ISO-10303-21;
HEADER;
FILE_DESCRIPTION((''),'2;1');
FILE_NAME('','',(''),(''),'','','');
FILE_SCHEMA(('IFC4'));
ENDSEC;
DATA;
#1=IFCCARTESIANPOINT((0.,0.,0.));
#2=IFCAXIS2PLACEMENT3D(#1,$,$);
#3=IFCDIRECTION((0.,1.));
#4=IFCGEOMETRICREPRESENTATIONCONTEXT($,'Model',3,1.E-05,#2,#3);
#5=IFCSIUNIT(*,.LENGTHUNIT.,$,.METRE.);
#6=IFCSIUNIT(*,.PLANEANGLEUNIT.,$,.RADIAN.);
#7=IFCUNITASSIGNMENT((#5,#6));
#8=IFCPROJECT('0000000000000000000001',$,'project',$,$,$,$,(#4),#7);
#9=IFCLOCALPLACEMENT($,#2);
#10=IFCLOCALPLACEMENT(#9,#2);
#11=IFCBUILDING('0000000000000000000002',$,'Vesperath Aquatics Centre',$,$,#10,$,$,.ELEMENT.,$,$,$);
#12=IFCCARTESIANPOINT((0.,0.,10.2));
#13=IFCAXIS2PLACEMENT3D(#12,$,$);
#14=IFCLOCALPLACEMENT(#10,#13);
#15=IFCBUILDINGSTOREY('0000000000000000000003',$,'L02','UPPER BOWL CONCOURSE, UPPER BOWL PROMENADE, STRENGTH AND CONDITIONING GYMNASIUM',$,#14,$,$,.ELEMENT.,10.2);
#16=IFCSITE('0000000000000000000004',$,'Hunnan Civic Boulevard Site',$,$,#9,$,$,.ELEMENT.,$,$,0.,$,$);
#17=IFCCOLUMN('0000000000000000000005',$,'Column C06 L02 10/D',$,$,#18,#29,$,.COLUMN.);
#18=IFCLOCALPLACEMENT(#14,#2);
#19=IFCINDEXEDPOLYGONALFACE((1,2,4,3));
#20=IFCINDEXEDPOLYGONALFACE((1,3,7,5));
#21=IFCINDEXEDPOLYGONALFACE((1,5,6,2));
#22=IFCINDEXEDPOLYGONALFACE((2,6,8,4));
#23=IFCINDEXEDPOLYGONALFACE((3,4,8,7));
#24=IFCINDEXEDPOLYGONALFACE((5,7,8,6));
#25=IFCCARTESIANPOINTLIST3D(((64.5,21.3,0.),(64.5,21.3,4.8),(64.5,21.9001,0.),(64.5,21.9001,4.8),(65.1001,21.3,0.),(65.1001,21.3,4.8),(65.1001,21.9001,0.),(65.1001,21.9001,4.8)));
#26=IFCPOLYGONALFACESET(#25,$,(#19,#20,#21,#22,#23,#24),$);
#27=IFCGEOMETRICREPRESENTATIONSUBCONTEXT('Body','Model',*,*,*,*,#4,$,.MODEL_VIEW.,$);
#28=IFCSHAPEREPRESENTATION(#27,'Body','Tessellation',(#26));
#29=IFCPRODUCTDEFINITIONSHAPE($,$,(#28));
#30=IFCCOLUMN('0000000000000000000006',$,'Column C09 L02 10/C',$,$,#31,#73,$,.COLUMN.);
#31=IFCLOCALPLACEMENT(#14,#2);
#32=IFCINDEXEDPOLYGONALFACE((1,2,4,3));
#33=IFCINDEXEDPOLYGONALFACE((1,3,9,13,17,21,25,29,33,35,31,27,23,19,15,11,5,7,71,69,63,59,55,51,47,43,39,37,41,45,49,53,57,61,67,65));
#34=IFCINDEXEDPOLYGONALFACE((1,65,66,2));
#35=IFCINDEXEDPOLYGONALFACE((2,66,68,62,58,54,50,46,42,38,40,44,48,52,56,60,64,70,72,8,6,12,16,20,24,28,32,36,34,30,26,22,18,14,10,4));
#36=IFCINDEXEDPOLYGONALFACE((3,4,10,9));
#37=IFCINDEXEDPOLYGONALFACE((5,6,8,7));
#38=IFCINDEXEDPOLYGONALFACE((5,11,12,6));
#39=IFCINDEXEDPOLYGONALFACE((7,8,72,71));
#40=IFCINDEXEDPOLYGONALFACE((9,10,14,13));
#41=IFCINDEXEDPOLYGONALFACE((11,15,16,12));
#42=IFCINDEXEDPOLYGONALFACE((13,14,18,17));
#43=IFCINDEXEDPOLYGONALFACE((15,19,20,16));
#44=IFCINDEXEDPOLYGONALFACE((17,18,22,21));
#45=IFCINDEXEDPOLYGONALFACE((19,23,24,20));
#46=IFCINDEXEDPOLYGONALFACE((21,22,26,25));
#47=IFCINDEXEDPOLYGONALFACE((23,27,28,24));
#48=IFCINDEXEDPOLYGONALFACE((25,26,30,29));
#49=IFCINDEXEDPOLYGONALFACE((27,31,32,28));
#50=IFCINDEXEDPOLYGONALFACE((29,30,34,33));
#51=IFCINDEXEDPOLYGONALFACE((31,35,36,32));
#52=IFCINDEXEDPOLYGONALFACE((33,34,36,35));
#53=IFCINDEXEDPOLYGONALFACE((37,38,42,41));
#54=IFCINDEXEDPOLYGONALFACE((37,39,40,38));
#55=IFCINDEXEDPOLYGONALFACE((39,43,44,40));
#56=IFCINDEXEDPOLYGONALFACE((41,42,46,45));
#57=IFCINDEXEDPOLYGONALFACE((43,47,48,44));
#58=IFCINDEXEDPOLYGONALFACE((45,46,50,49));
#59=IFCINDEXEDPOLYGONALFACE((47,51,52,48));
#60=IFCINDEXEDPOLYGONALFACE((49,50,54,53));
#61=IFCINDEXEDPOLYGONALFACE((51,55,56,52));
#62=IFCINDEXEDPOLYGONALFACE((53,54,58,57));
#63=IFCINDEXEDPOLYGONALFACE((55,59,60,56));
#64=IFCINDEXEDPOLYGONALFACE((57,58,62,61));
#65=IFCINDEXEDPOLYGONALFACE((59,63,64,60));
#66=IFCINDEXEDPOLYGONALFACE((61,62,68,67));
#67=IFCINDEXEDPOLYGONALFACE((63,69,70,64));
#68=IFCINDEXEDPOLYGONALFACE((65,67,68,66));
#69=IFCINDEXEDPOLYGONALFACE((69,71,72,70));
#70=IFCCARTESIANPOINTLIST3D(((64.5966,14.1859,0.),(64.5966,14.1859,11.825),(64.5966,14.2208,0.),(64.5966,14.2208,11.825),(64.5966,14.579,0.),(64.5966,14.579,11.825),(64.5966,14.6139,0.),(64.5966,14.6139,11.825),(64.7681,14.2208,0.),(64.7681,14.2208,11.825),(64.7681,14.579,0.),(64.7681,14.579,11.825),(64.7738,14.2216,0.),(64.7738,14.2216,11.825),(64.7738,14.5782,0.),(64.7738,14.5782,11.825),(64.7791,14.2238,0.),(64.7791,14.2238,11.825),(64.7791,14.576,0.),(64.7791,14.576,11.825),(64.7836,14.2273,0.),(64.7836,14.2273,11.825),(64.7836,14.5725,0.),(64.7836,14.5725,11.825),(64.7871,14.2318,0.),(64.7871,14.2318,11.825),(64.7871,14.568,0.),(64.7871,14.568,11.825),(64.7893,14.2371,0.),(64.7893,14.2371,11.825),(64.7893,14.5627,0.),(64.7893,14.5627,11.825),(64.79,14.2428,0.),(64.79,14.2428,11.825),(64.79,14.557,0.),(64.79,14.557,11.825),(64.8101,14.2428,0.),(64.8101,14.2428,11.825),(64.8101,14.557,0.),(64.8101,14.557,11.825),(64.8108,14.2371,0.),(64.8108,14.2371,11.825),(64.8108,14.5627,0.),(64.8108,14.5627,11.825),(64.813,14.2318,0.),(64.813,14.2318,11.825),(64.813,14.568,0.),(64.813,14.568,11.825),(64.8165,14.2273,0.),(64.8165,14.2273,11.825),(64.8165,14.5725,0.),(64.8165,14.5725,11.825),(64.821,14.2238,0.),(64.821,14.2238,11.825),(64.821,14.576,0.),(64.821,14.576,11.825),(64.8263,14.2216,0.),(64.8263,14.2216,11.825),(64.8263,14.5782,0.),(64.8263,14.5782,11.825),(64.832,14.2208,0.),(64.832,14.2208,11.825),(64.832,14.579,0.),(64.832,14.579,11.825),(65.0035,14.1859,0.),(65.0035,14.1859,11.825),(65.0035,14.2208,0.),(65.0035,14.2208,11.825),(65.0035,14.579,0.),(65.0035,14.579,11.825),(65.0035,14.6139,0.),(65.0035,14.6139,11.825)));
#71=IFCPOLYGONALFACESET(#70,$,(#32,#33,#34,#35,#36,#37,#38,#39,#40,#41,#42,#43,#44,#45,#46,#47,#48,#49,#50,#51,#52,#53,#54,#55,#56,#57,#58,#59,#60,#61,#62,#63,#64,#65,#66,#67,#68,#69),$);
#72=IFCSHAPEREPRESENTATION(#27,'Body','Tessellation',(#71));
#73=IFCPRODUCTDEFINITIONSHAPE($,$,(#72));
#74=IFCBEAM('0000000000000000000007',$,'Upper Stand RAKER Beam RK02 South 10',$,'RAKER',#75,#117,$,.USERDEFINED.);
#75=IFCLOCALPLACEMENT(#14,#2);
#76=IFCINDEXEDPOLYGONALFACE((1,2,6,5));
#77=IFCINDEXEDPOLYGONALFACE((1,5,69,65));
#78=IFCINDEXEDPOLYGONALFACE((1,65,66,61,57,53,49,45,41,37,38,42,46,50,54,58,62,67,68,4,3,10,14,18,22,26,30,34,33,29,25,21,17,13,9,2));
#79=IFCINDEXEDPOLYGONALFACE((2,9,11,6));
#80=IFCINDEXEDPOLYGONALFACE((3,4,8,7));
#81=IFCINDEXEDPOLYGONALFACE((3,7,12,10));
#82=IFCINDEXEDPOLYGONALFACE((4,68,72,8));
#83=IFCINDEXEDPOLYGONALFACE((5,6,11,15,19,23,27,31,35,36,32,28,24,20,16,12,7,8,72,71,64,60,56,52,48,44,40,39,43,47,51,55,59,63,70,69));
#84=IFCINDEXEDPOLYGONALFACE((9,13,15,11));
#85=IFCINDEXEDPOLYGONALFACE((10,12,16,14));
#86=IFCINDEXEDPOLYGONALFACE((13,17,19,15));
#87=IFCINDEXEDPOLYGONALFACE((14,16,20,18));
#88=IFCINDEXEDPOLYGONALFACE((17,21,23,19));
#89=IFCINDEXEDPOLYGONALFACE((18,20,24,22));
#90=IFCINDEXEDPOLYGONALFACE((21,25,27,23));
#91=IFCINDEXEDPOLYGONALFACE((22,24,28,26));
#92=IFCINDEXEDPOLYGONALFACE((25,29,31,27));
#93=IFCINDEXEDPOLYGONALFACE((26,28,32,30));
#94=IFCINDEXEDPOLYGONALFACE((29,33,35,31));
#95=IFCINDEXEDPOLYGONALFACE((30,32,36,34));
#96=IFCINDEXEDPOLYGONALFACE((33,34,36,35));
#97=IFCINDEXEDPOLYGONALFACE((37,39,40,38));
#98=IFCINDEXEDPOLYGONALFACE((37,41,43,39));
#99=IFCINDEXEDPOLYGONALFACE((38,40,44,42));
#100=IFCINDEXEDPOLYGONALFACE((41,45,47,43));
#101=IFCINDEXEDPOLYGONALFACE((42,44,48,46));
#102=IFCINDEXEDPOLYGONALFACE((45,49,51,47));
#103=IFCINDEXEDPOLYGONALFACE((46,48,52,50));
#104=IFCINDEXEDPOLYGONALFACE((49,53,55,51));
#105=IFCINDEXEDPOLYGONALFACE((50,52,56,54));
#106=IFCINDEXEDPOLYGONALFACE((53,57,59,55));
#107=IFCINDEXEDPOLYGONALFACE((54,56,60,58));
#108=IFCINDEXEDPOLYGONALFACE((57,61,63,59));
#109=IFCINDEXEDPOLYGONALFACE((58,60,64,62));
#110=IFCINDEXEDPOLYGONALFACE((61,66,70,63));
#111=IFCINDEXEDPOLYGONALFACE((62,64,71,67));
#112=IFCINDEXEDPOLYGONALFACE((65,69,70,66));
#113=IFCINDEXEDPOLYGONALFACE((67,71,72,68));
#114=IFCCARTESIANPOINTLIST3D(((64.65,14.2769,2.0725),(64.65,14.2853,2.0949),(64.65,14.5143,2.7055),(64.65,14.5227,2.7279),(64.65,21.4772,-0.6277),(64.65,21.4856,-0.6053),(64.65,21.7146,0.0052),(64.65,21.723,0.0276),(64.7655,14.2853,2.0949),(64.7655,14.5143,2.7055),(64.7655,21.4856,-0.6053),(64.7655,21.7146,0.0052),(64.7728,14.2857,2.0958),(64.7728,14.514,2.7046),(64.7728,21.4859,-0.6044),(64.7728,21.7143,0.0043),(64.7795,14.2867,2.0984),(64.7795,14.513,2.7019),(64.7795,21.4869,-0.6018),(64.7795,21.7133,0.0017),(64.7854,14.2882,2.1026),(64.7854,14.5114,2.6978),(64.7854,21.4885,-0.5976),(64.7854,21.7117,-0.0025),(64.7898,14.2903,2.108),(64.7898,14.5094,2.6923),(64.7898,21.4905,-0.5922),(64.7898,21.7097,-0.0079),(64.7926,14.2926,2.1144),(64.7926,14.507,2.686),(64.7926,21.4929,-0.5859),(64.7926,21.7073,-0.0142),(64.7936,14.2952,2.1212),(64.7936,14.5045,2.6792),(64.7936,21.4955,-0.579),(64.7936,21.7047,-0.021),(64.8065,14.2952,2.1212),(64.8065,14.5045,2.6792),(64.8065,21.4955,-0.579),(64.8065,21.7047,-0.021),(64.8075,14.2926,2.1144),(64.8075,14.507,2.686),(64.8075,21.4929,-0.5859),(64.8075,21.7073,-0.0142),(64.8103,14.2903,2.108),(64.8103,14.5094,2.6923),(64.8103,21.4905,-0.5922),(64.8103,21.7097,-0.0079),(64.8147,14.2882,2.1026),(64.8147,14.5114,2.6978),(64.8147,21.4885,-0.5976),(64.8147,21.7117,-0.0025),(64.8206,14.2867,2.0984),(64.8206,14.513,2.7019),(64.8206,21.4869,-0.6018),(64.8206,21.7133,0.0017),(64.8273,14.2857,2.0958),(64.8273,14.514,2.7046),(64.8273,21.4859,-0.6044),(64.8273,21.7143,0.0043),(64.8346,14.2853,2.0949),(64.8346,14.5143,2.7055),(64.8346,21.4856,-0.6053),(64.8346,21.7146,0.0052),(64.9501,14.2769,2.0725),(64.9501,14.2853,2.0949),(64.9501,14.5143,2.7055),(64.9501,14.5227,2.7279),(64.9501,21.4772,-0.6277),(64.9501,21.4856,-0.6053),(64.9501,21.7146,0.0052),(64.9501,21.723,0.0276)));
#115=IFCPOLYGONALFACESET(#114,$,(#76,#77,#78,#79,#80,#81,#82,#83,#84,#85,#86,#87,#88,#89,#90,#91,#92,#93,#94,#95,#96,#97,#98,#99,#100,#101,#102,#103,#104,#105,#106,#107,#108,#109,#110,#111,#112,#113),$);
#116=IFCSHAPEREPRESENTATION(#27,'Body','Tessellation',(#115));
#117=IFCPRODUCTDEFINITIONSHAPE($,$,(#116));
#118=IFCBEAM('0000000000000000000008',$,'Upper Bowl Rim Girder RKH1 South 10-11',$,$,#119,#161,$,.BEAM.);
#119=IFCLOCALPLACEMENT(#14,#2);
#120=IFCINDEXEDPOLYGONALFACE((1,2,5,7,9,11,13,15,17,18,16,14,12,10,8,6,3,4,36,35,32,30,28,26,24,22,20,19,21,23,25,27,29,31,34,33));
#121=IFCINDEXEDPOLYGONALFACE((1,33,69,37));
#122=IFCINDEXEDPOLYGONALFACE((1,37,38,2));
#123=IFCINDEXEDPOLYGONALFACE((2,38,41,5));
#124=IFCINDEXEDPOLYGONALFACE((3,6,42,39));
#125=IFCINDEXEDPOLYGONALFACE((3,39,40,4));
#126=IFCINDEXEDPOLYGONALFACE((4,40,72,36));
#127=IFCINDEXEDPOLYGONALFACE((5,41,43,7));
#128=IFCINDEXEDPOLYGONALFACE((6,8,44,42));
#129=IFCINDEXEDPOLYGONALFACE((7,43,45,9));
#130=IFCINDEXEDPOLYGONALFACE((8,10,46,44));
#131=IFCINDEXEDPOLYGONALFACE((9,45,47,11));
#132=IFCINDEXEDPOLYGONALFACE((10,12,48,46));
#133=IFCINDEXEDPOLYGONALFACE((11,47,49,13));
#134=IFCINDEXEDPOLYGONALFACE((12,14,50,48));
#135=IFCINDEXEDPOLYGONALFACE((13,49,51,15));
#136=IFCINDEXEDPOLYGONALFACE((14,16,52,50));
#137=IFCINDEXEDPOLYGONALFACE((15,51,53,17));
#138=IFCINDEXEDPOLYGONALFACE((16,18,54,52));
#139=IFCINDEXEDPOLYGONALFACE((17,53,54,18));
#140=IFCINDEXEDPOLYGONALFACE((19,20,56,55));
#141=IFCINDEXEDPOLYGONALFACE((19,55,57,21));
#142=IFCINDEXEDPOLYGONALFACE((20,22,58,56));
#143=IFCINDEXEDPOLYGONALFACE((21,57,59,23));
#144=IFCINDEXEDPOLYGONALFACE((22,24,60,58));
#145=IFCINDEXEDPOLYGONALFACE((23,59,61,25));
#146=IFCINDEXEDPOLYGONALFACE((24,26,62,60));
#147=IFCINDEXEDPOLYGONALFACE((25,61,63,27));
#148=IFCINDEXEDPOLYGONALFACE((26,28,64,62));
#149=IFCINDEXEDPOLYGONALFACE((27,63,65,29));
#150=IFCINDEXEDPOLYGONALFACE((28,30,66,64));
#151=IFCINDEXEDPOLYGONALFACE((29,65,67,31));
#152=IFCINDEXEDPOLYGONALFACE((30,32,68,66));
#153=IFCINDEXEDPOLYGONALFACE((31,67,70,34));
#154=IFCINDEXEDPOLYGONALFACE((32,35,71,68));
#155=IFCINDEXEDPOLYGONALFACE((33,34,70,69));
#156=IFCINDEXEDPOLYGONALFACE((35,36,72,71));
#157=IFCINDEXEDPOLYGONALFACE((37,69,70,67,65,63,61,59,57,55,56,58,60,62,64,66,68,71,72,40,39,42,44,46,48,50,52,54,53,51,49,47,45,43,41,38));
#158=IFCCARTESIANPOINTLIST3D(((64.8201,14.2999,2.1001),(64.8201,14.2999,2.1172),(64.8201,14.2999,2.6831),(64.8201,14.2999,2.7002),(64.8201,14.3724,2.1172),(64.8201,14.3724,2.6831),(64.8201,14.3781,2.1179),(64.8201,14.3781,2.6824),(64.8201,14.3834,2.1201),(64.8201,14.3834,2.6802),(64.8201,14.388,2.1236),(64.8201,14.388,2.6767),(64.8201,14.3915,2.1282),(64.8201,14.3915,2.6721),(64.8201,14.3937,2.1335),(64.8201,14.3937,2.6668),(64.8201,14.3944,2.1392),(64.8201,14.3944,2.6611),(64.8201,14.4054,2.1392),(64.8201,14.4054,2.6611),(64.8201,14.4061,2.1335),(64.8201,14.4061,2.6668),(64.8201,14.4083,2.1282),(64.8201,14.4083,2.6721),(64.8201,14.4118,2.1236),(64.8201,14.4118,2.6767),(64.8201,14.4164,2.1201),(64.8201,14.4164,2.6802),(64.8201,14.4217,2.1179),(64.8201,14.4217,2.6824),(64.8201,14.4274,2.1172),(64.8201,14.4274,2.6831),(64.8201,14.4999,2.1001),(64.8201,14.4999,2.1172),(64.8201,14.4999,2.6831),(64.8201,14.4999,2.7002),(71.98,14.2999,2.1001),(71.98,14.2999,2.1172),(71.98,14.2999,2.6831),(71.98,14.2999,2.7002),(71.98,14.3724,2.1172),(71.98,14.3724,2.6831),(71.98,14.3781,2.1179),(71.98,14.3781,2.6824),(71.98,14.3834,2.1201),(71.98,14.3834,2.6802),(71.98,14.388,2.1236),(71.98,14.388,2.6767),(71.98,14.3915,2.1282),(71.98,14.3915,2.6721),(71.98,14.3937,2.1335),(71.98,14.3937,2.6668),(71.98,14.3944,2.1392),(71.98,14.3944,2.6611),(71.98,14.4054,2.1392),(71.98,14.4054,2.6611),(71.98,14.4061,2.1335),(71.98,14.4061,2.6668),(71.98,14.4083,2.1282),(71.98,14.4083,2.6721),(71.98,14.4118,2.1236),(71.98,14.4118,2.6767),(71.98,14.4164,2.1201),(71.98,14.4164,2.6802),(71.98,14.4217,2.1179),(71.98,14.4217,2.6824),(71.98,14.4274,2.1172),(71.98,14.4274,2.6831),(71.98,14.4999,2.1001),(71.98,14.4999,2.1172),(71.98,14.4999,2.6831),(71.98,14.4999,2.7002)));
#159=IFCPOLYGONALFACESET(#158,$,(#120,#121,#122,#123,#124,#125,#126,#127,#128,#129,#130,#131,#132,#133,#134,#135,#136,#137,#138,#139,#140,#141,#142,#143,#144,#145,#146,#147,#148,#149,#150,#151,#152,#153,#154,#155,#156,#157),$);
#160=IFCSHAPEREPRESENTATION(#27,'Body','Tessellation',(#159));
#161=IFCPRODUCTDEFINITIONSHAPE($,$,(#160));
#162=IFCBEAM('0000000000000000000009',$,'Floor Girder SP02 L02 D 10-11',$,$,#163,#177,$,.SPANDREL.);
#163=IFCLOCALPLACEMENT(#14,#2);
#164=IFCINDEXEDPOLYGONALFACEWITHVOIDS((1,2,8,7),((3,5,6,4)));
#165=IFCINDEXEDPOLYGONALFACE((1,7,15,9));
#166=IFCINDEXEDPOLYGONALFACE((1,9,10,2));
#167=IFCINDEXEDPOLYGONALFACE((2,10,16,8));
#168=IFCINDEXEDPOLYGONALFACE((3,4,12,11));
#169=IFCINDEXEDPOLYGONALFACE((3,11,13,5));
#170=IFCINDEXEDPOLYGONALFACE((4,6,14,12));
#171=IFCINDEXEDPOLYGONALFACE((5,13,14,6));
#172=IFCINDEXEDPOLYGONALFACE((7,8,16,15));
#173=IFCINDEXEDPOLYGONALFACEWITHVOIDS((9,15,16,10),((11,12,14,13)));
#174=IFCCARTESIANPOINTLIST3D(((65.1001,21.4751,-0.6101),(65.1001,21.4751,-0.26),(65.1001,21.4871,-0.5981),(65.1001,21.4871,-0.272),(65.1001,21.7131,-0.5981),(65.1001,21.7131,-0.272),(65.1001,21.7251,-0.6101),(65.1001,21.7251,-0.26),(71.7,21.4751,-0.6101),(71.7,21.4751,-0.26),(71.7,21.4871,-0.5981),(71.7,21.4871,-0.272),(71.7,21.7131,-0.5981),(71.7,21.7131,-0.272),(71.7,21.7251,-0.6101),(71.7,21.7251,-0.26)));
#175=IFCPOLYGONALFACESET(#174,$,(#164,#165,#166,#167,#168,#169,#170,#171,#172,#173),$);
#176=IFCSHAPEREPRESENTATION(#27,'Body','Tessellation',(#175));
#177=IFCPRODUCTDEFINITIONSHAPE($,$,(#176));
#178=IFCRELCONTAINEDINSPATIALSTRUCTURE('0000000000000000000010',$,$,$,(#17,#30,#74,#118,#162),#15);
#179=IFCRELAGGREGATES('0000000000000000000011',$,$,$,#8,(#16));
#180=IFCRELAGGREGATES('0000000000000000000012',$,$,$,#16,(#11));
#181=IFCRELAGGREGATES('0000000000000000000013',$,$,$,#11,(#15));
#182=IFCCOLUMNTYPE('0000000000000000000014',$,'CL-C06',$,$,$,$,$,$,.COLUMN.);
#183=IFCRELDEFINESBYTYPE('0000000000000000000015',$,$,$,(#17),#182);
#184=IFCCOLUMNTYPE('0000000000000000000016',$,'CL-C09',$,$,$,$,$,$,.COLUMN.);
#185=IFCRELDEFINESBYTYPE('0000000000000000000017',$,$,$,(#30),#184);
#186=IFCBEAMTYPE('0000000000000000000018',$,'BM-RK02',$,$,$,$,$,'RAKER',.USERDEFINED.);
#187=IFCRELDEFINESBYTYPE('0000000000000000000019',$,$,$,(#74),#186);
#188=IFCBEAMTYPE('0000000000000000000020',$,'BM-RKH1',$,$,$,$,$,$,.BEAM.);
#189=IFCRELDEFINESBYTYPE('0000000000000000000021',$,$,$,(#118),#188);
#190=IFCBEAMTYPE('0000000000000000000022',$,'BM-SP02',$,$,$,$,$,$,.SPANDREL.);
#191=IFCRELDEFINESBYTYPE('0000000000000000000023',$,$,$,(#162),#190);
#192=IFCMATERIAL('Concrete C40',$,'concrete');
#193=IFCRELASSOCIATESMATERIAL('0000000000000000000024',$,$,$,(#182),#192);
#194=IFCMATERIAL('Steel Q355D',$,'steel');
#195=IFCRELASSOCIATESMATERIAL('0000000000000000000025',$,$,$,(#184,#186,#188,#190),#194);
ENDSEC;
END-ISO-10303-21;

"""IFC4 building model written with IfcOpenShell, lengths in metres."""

from ifc_helpers import new_model, si_unit, direction, frame, origin, origin_2d, place, context, subcontext, project, spatial, rectangle, hollow_rectangle, i_section, extrude, material, material_profile, profile_set, type_object, element, save


model = new_model("IFC4")

# Units and contexts
model_context = context("Model", 3, precision=1e-05, world=origin(), true_north=direction((0.0, 1.0)))
body_context = subcontext(model_context, "Body", "Model", "MODEL_VIEW")
ifc_project = project(units=[si_unit("LENGTHUNIT", "METRE"), si_unit("PLANEANGLEUNIT", "RADIAN")], contexts=[model_context])

# Site, building, storey
site_placement = place(None, origin())
site = spatial("IfcSite", under=ifc_project, at=site_placement, Name="Hunnan Civic Boulevard Site", CompositionType="ELEMENT", RefElevation=0.0)
building_placement = place(site_placement, origin())
building = spatial("IfcBuilding", under=site, at=building_placement, Name="Vesperath Aquatics Centre", CompositionType="ELEMENT")
storey_placement = place(building_placement, frame((0.0, 0.0, 10.2)))
storey = spatial("IfcBuildingStorey", under=building, at=storey_placement, Name="L02", Description="UPPER BOWL CONCOURSE, UPPER BOWL PROMENADE, STRENGTH AND CONDITIONING GYMNASIUM", CompositionType="ELEMENT", Elevation=10.2)

# Columns
ifc_material_1 = material(Name="Concrete C40", Category="concrete")
ifc_material_profile_1 = material_profile(ifc_material_1, rectangle(XDim=0.6001, YDim=0.6001, at=origin_2d()), Name="RC 600x600")
ifc_profile_set_1 = profile_set([ifc_material_profile_1], Name="Concrete C40")
column_type_1 = type_object("IfcColumnType", Name="CL-C06", PredefinedType="COLUMN", material=ifc_profile_set_1)
column_1_placement = place(storey_placement, frame((64.8, 21.6001, 0.0), z_axis=(0.0, 0.0, 1.0), x_axis=(1.0, 0.0, 0.0)))
element("IfcColumn", 1, at=column_1_placement, inside=storey, type_object=column_type_1, Name="Column C06 L02 10/D", PredefinedType="COLUMN", context=body_context, shape_type="SweptSolid", body=[
    extrude(rectangle(XDim=0.6001, YDim=0.6001, at=origin_2d()), origin(), (0.0, 0.0, 1.0), 4.8),
])
ifc_material_2 = material(Name="Steel Q355D", Category="steel")
ifc_material_profile_2 = material_profile(ifc_material_2, i_section(OverallWidth=0.407, OverallDepth=0.428, WebThickness=0.02, FlangeThickness=0.0349, FilletRadius=0.022, at=origin_2d()), Name="HW 428x407x20x35")
ifc_profile_set_2 = profile_set([ifc_material_profile_2], Name="Steel Q355D")
column_type_2 = type_object("IfcColumnType", Name="CL-C09", PredefinedType="COLUMN", material=ifc_profile_set_2)
column_2_placement = place(storey_placement, frame((64.8, 14.3999, 0.0), z_axis=(0.0, 0.0, 1.0), x_axis=(1.0, 0.0, 0.0)))
element("IfcColumn", 2, at=column_2_placement, inside=storey, type_object=column_type_2, Name="Column C09 L02 10/C", PredefinedType="COLUMN", context=body_context, shape_type="SweptSolid", body=[
    extrude(i_section(OverallWidth=0.407, OverallDepth=0.428, WebThickness=0.02, FlangeThickness=0.0349, FilletRadius=0.022, at=origin_2d()), origin(), (0.0, 0.0, 1.0), 11.825),
])

# Beams
ifc_material_profile_3 = material_profile(ifc_material_2, i_section(OverallWidth=0.3, OverallDepth=0.7, WebThickness=0.0129, FlangeThickness=0.0239, FilletRadius=0.0281, at=origin_2d()), Name="HN 700x300x13x24")
ifc_profile_set_3 = profile_set([ifc_material_profile_3], Name="Steel Q355D")
beam_type_1 = type_object("IfcBeamType", Name="BM-RK02", ElementType="RAKER", PredefinedType="USERDEFINED", material=ifc_profile_set_3)
beam_1_placement = place(storey_placement, frame((64.8, 21.6001, -0.3), z_axis=(0.0, -0.936324, 0.351137), x_axis=(1.0, 0.0, 0.0)))
element("IfcBeam", 3, at=beam_1_placement, inside=storey, type_object=beam_type_1, Name="Upper Stand RAKER Beam RK02 South 10", ObjectType="RAKER", PredefinedType="USERDEFINED", context=body_context, shape_type="SweptSolid", body=[
    extrude(i_section(OverallWidth=0.3, OverallDepth=0.7, WebThickness=0.0129, FlangeThickness=0.0239, FilletRadius=0.0281, at=origin_2d()), origin(), (0.0, 0.0, 1.0), 7.6899),
])
ifc_material_profile_4 = material_profile(ifc_material_2, i_section(OverallWidth=0.2, OverallDepth=0.6001, WebThickness=0.011, FlangeThickness=0.0171, FilletRadius=0.022, at=origin_2d()), Name="HN 600x200x11x17")
ifc_profile_set_4 = profile_set([ifc_material_profile_4], Name="Steel Q355D")
beam_type_2 = type_object("IfcBeamType", Name="BM-RKH1", PredefinedType="BEAM", material=ifc_profile_set_4)
beam_2_placement = place(storey_placement, frame((64.8201, 14.3999, 2.4001), z_axis=(1.0, 0.0, 0.0), x_axis=(0.0, 1.0, 0.0)))
element("IfcBeam", 4, at=beam_2_placement, inside=storey, type_object=beam_type_2, Name="Upper Bowl Rim Girder RKH1 South 10-11", PredefinedType="BEAM", context=body_context, shape_type="SweptSolid", body=[
    extrude(i_section(OverallWidth=0.2, OverallDepth=0.6001, WebThickness=0.011, FlangeThickness=0.0171, FilletRadius=0.022, at=origin_2d()), origin(), (0.0, 0.0, 1.0), 7.1599),
])
ifc_material_profile_5 = material_profile(ifc_material_2, hollow_rectangle(XDim=0.25, YDim=0.3501, WallThickness=0.012, at=origin_2d()), Name="RHS 350x250x12")
ifc_profile_set_5 = profile_set([ifc_material_profile_5], Name="Steel Q355D")
beam_type_3 = type_object("IfcBeamType", Name="BM-SP02", PredefinedType="SPANDREL", material=ifc_profile_set_5)
beam_3_placement = place(storey_placement, frame((65.1001, 21.6001, -0.4351), z_axis=(1.0, 0.0, 0.0), x_axis=(0.0, 1.0, 0.0)))
element("IfcBeam", 5, at=beam_3_placement, inside=storey, type_object=beam_type_3, Name="Floor Girder SP02 L02 D 10-11", PredefinedType="SPANDREL", context=body_context, shape_type="SweptSolid", body=[
    extrude(hollow_rectangle(XDim=0.25, YDim=0.3501, WallThickness=0.012, at=origin_2d()), origin(), (0.0, 0.0, 1.0), 6.5999),
])

save(model, "model.ifc")
